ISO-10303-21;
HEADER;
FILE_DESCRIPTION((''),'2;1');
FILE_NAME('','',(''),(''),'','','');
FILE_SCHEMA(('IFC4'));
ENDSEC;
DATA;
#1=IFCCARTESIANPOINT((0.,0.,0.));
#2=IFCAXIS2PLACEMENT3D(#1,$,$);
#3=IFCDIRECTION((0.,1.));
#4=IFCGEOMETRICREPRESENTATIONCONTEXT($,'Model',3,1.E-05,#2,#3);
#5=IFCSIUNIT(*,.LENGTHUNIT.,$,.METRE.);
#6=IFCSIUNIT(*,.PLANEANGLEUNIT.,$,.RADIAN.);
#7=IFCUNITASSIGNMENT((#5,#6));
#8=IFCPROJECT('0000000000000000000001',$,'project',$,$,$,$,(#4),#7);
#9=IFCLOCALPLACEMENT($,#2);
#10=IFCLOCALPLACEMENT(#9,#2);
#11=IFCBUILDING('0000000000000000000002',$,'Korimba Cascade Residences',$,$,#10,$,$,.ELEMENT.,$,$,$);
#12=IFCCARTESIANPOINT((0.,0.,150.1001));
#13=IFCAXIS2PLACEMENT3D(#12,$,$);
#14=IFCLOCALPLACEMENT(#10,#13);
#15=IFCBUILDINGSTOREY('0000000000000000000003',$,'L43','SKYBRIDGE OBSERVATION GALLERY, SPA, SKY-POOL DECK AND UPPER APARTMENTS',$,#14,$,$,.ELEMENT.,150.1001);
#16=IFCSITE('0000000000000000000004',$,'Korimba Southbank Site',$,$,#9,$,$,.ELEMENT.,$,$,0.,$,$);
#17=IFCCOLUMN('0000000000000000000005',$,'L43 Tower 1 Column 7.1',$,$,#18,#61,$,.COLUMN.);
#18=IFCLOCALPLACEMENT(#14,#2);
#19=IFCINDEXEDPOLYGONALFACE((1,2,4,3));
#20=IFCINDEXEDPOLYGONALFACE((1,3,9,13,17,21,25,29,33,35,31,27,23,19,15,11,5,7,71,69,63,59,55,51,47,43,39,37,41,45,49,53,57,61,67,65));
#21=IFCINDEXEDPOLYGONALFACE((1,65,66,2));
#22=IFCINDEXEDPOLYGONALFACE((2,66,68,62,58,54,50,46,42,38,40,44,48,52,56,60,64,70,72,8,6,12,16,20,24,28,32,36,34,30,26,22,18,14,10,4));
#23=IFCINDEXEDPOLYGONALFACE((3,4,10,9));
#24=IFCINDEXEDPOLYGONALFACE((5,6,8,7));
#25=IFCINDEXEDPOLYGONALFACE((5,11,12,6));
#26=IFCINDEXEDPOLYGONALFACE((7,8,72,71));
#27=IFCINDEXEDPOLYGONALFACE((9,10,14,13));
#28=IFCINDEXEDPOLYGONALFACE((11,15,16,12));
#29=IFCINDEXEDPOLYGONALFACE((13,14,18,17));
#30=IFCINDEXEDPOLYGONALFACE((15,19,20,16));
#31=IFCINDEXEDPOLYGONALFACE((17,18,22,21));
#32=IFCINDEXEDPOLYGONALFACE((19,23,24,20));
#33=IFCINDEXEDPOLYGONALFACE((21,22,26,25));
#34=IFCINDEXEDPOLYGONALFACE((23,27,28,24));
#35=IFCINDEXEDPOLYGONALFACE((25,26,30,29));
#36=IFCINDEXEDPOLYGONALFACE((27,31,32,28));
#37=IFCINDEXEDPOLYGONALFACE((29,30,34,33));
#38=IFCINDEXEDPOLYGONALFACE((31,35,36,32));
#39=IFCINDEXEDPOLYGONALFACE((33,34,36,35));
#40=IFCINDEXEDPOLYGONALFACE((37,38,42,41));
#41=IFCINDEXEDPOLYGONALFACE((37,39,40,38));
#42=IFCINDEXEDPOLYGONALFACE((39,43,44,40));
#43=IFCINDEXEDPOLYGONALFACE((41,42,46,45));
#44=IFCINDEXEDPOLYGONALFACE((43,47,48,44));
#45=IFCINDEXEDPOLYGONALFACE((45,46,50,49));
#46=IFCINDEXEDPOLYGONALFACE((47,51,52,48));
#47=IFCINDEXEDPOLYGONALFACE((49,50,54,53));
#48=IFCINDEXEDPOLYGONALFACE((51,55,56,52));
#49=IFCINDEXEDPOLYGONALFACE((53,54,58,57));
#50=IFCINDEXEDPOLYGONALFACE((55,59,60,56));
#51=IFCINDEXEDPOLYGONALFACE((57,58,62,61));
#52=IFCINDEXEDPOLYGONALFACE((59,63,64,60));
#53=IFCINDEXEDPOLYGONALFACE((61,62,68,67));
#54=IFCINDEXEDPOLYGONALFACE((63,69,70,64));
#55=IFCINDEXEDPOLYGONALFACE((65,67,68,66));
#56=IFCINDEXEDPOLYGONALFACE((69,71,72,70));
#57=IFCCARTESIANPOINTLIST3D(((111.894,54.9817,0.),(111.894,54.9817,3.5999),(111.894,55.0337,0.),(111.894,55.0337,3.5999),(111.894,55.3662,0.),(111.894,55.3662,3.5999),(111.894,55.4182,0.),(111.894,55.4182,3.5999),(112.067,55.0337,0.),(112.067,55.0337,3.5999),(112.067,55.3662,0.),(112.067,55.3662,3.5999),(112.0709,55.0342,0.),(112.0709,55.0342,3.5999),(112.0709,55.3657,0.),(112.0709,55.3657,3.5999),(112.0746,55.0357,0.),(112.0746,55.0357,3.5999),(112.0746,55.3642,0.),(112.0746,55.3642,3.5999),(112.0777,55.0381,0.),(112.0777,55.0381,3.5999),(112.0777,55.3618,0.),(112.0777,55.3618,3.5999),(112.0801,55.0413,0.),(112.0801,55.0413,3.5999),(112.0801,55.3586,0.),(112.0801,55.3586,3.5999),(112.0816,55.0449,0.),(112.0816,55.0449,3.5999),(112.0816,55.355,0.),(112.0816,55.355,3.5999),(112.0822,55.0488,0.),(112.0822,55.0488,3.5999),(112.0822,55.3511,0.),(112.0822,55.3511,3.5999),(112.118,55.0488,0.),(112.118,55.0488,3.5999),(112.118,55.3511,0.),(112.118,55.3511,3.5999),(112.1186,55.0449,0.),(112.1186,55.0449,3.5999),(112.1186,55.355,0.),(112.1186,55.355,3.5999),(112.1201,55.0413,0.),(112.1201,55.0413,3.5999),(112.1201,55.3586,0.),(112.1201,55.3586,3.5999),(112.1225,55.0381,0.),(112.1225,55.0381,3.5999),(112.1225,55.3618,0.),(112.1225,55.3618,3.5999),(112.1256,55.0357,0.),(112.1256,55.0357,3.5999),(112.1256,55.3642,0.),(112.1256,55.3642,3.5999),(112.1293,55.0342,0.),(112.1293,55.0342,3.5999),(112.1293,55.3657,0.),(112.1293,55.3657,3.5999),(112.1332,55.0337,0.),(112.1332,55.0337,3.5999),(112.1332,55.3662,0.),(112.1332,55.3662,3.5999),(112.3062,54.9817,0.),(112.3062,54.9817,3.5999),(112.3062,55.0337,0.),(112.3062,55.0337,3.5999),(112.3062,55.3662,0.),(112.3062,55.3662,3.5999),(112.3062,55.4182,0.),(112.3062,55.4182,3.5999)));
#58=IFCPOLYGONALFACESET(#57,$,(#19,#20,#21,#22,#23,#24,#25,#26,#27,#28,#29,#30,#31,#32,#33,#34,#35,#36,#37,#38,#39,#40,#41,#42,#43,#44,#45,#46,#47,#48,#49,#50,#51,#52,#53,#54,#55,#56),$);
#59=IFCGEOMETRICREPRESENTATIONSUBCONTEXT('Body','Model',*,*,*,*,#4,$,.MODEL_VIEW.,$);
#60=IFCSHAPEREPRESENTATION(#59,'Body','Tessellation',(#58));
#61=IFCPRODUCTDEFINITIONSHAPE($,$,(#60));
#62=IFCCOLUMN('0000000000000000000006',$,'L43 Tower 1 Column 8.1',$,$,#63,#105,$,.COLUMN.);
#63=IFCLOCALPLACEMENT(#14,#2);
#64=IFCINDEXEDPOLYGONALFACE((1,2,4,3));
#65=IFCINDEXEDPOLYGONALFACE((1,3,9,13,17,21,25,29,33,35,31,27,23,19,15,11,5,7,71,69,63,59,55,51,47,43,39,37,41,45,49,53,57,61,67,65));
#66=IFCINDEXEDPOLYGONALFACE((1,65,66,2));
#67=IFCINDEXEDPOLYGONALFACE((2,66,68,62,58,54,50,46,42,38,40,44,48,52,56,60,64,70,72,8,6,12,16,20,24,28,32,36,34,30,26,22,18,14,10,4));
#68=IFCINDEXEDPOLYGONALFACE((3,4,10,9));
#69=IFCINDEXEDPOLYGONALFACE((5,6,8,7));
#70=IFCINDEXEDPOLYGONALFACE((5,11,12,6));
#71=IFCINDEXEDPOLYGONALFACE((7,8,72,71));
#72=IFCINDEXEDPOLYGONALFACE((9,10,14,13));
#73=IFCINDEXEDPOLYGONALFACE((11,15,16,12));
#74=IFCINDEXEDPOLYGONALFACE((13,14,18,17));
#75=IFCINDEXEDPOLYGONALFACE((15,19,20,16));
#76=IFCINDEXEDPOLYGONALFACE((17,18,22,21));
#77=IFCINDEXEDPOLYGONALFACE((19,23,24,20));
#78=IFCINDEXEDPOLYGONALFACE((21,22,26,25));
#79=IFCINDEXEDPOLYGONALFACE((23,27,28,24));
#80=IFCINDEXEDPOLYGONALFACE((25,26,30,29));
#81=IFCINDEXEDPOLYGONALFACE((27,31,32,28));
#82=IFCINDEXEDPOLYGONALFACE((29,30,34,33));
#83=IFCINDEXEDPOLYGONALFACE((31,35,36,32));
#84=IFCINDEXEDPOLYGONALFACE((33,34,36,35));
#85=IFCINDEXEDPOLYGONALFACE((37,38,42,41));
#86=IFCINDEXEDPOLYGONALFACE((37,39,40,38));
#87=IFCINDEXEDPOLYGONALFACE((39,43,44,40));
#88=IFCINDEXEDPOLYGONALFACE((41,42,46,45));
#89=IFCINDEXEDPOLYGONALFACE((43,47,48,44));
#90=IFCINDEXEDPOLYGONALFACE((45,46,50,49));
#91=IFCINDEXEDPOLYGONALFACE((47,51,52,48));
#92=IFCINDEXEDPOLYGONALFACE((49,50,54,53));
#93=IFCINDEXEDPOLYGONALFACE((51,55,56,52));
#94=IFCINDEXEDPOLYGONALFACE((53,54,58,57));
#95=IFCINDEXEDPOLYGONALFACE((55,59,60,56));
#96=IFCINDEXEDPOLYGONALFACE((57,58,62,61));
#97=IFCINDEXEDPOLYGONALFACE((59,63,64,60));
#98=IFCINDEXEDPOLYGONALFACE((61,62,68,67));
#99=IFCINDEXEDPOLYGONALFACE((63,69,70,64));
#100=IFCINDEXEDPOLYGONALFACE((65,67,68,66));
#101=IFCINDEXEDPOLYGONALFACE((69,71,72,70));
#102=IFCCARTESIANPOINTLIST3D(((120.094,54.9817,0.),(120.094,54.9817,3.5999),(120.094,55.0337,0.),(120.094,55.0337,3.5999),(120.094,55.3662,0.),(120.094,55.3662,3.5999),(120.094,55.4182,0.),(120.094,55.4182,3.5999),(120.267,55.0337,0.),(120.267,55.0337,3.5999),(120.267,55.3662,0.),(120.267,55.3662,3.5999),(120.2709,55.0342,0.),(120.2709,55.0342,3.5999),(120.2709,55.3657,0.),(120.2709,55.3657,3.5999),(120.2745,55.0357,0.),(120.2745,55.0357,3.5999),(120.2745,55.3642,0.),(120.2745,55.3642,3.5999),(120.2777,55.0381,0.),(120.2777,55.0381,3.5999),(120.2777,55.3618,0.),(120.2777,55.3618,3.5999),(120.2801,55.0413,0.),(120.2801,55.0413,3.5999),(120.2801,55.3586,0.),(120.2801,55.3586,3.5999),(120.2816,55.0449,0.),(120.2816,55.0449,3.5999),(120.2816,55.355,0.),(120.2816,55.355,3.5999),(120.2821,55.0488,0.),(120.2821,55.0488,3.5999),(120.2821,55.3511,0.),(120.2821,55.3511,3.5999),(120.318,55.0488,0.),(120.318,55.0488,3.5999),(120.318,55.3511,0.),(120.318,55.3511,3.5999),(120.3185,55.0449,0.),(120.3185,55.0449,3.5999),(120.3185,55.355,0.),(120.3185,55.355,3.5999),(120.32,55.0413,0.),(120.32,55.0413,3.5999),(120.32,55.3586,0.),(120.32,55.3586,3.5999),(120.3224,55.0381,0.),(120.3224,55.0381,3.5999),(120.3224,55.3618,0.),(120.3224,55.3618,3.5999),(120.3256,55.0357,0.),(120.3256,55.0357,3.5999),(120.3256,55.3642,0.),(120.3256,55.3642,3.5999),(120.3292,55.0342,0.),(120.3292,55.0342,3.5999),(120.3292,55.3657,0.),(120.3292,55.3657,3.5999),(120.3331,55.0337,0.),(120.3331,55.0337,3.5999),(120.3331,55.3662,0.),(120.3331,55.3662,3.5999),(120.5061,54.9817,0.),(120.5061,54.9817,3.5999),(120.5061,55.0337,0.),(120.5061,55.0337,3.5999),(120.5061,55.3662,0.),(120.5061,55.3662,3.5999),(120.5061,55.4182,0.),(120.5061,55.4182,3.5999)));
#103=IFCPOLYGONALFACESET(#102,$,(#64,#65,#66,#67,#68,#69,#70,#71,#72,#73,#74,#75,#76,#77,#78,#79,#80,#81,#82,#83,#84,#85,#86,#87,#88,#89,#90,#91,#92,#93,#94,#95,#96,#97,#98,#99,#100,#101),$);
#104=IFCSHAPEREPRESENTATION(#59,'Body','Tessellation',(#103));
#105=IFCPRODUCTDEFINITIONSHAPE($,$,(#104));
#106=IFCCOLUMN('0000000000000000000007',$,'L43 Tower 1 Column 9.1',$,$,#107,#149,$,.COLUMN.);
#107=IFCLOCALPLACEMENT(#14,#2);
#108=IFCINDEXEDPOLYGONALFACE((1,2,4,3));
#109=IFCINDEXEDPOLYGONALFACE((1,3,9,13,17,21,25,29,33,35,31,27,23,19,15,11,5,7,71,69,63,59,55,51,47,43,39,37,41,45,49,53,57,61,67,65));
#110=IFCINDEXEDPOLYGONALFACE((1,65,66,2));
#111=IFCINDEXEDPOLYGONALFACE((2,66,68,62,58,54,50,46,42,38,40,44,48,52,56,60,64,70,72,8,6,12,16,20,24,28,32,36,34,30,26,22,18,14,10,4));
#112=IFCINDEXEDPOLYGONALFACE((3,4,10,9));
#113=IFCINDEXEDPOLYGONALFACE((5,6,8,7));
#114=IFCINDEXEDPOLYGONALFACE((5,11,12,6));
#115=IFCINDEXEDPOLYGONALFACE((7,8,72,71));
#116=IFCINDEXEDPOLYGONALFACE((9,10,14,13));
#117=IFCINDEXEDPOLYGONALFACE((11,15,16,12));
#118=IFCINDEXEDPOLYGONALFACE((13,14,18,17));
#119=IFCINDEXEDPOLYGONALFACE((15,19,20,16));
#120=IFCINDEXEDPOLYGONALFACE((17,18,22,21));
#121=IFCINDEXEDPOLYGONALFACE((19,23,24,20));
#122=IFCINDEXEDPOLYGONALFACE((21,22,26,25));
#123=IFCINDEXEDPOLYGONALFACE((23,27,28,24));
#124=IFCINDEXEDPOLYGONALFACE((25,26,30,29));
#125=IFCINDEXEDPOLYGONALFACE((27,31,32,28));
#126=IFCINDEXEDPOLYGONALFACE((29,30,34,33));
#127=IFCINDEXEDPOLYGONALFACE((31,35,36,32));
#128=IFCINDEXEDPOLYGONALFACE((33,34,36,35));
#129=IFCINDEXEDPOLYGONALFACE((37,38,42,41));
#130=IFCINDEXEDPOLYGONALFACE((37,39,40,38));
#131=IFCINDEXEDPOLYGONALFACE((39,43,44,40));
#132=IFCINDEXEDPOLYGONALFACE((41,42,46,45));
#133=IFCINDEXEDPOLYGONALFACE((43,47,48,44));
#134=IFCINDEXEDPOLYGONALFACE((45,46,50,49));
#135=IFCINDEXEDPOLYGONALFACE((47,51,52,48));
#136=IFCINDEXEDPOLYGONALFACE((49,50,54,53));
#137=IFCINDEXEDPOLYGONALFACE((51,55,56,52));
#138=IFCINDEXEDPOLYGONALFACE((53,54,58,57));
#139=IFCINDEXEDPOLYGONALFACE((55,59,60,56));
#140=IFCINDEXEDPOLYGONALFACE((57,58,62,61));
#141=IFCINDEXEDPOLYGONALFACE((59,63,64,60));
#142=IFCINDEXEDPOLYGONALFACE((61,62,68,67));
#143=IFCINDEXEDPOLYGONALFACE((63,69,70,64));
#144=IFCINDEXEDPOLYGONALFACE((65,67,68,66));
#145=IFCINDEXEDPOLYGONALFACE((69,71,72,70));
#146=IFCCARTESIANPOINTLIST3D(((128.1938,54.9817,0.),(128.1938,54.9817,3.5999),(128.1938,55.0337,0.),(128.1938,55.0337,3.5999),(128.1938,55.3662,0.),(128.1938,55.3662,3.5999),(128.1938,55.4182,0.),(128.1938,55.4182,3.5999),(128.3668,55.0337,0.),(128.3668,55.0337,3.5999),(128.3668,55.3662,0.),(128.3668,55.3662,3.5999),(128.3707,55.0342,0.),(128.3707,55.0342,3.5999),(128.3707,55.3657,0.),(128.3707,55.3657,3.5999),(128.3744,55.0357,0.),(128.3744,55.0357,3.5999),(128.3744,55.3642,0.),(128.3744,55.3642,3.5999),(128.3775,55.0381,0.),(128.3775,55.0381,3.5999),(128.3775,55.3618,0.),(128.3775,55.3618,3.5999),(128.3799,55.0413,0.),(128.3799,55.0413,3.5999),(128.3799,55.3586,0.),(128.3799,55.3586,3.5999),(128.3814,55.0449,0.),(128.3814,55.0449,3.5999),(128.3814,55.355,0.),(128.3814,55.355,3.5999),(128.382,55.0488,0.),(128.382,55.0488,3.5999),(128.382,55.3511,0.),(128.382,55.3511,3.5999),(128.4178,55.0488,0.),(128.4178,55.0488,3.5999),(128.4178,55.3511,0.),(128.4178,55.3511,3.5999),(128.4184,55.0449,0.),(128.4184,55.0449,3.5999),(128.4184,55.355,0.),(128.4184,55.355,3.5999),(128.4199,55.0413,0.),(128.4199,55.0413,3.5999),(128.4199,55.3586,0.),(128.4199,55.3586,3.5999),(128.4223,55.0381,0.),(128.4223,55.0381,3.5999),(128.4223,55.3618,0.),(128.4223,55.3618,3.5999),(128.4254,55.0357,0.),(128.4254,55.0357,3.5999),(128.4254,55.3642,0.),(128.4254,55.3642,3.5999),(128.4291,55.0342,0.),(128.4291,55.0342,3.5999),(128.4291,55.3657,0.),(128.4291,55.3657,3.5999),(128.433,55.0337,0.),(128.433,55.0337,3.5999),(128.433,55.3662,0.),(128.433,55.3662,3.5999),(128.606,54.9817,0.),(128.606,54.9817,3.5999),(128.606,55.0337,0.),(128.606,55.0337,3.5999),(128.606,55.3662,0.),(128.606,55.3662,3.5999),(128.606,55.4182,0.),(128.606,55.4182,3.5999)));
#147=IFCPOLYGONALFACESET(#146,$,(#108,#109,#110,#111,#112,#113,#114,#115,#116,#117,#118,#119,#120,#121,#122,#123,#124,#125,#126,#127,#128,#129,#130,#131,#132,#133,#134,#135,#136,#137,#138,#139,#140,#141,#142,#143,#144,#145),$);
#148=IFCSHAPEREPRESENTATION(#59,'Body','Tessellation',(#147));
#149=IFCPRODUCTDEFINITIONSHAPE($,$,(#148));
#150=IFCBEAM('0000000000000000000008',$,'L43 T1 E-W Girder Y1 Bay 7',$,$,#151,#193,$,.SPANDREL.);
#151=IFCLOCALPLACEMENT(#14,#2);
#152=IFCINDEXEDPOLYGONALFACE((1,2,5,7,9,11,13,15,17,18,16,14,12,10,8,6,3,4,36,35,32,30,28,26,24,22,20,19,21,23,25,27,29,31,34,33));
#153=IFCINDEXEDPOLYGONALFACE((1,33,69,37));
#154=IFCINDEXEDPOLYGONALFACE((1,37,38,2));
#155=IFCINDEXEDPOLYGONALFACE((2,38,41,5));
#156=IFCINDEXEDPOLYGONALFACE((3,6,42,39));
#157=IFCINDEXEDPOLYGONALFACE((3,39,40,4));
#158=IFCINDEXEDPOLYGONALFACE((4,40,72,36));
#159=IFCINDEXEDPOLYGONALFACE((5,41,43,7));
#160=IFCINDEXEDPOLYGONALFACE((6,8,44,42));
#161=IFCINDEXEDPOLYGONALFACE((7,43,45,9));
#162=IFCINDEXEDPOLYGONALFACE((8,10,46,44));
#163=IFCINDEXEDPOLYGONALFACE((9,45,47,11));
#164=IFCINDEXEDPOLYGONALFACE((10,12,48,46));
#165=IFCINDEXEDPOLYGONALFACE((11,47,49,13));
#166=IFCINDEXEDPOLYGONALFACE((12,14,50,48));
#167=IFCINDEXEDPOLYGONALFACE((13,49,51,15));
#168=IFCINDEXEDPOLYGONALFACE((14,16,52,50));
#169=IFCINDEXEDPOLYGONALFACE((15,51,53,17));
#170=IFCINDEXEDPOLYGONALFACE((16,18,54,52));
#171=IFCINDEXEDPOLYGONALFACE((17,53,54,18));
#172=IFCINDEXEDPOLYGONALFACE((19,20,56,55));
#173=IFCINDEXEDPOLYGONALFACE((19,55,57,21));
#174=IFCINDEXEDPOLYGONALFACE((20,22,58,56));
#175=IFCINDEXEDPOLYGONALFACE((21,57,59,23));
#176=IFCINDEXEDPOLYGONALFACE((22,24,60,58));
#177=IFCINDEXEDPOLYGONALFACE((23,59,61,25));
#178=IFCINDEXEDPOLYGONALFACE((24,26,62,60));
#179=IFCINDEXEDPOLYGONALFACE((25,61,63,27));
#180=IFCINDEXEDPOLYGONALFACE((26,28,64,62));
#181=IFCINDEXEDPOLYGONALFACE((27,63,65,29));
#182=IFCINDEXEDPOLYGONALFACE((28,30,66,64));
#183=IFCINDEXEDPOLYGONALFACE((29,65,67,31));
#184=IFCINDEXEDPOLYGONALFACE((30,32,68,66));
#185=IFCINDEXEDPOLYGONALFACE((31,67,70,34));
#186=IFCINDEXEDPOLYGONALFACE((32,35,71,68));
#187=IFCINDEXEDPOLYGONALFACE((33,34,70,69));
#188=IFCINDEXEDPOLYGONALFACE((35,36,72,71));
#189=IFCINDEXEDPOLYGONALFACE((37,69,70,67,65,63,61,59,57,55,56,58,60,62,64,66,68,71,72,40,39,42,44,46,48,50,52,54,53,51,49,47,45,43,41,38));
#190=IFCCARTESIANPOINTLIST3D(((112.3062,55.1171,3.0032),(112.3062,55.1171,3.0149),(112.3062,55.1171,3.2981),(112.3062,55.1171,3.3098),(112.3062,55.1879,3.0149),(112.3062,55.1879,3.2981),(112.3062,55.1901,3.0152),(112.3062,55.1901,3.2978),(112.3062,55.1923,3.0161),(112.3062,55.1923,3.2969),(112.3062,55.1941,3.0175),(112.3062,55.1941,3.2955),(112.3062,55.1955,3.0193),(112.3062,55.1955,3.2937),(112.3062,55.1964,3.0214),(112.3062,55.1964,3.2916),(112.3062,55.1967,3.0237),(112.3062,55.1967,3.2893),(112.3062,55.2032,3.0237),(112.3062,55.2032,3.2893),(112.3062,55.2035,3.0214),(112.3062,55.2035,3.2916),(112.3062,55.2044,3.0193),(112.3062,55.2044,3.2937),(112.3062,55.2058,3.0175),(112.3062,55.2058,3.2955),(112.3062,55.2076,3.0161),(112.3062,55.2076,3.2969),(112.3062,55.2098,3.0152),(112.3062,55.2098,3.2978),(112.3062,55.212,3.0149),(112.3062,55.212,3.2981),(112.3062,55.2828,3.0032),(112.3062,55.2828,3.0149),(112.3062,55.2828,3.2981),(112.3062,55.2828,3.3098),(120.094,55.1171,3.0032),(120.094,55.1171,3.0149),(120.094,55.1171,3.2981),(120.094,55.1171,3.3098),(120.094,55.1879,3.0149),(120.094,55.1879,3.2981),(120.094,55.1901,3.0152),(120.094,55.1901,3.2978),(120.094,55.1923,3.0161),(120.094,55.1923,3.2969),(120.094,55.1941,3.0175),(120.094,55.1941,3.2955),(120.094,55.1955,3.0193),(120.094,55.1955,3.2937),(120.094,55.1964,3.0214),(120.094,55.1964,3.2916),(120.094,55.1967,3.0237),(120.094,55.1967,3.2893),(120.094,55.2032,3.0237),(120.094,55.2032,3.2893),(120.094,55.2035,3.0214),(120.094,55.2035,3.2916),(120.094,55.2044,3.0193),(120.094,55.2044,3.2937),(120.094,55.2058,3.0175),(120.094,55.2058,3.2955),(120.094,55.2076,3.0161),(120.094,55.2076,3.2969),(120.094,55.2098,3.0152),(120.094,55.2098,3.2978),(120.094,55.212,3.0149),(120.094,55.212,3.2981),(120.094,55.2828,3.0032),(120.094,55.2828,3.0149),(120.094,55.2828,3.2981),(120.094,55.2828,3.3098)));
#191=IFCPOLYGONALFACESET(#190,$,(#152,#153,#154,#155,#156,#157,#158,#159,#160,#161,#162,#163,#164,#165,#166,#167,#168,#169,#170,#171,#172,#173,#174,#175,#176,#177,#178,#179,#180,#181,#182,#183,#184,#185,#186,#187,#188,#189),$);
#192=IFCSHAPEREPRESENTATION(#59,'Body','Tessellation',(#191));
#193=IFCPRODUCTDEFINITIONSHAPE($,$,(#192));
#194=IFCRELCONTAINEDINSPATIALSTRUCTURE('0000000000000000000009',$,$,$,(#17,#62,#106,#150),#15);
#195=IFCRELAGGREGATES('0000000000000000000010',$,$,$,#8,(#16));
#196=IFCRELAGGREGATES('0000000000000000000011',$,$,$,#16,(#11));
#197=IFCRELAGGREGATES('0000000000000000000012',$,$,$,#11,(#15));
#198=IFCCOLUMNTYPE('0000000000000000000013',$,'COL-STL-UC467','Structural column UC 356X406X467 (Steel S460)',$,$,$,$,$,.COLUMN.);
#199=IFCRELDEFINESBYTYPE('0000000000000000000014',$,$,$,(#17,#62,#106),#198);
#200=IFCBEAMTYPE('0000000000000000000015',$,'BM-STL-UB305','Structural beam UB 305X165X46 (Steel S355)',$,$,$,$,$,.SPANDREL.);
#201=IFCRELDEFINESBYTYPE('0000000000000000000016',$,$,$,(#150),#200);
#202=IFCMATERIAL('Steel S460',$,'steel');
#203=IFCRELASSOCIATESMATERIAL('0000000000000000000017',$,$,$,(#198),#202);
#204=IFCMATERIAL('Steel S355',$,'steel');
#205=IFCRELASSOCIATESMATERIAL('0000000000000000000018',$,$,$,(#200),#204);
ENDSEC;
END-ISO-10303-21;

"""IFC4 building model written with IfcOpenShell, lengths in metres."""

from ifc_helpers import new_model, si_unit, direction, frame, origin, origin_2d, place, context, subcontext, project, spatial, i_section, extrude, material, material_profile, profile_set, type_object, element, save


model = new_model("IFC4")

# Units and contexts
model_context = context("Model", 3, precision=1e-05, world=origin(), true_north=direction((0.0, 1.0)))
body_context = subcontext(model_context, "Body", "Model", "MODEL_VIEW")
ifc_project = project(units=[si_unit("LENGTHUNIT", "METRE"), si_unit("PLANEANGLEUNIT", "RADIAN")], contexts=[model_context])

# Site, building, storey
site_placement = place(None, origin())
site = spatial("IfcSite", under=ifc_project, at=site_placement, Name="Korimba Southbank Site", CompositionType="ELEMENT", RefElevation=0.0)
building_placement = place(site_placement, origin())
building = spatial("IfcBuilding", under=site, at=building_placement, Name="Korimba Cascade Residences", CompositionType="ELEMENT")
storey_placement = place(building_placement, frame((0.0, 0.0, 150.1001)))
storey = spatial("IfcBuildingStorey", under=building, at=storey_placement, Name="L43", Description="SKYBRIDGE OBSERVATION GALLERY, SPA, SKY-POOL DECK AND UPPER APARTMENTS", CompositionType="ELEMENT", Elevation=150.1001)

# Columns
ifc_material_1 = material(Name="Steel S460", Category="steel")
ifc_material_profile_1 = material_profile(ifc_material_1, i_section(OverallWidth=0.4121, OverallDepth=0.4365, WebThickness=0.0359, FlangeThickness=0.052, FilletRadius=0.0151, at=origin_2d()), Name="Steel S460")
ifc_profile_set_1 = profile_set([ifc_material_profile_1], Name="Steel S460")
column_type = type_object("IfcColumnType", Name="COL-STL-UC467", Description="Structural column UC 356X406X467 (Steel S460)", PredefinedType="COLUMN", material=ifc_profile_set_1)
for number, where, z_axis, x_axis, name in (
    (1, (112.1001, 55.2, 0.0), (0.0, 0.0, 1.0), (1.0, 0.0, 0.0), "L43 Tower 1 Column 7.1"),
    (2, (120.3, 55.2, 0.0), (0.0, 0.0, 1.0), (1.0, 0.0, 0.0), "L43 Tower 1 Column 8.1"),
    (3, (128.3999, 55.2, 0.0), (0.0, 0.0, 1.0), (1.0, 0.0, 0.0), "L43 Tower 1 Column 9.1"),
):
    element("IfcColumn", number, at=place(storey_placement, frame(where, z_axis=z_axis, x_axis=x_axis)), inside=storey, type_object=column_type, Name=name, PredefinedType="COLUMN", context=body_context, shape_type="SweptSolid", body=[
        extrude(i_section(OverallWidth=0.4121, OverallDepth=0.4365, WebThickness=0.0359, FlangeThickness=0.052, FilletRadius=0.0151, at=origin_2d()), origin(), (0.0, 0.0, 1.0), 3.5999),
    ])

# Beam
ifc_material_2 = material(Name="Steel S355", Category="steel")
ifc_material_profile_2 = material_profile(ifc_material_2, i_section(OverallWidth=0.1658, OverallDepth=0.3066, WebThickness=0.0066, FlangeThickness=0.0117, FilletRadius=0.0088, at=origin_2d()), Name="Steel S355")
ifc_profile_set_2 = profile_set([ifc_material_profile_2], Name="Steel S355")
beam_type_1 = type_object("IfcBeamType", Name="BM-STL-UB305", Description="Structural beam UB 305X165X46 (Steel S355)", PredefinedType="SPANDREL", material=ifc_profile_set_2)
beam_1_placement = place(storey_placement, frame((112.3062, 55.2, 3.1565), z_axis=(1.0, 0.0, 0.0), x_axis=(0.0, 1.0, 0.0)))
element("IfcBeam", 4, at=beam_1_placement, inside=storey, type_object=beam_type_1, Name="L43 T1 E-W Girder Y1 Bay 7", PredefinedType="SPANDREL", context=body_context, shape_type="SweptSolid", body=[
    extrude(i_section(OverallWidth=0.1658, OverallDepth=0.3066, WebThickness=0.0066, FlangeThickness=0.0117, FilletRadius=0.0088, at=origin_2d()), origin(), (0.0, 0.0, 1.0), 7.7878),
])

save(model, "model.ifc")
